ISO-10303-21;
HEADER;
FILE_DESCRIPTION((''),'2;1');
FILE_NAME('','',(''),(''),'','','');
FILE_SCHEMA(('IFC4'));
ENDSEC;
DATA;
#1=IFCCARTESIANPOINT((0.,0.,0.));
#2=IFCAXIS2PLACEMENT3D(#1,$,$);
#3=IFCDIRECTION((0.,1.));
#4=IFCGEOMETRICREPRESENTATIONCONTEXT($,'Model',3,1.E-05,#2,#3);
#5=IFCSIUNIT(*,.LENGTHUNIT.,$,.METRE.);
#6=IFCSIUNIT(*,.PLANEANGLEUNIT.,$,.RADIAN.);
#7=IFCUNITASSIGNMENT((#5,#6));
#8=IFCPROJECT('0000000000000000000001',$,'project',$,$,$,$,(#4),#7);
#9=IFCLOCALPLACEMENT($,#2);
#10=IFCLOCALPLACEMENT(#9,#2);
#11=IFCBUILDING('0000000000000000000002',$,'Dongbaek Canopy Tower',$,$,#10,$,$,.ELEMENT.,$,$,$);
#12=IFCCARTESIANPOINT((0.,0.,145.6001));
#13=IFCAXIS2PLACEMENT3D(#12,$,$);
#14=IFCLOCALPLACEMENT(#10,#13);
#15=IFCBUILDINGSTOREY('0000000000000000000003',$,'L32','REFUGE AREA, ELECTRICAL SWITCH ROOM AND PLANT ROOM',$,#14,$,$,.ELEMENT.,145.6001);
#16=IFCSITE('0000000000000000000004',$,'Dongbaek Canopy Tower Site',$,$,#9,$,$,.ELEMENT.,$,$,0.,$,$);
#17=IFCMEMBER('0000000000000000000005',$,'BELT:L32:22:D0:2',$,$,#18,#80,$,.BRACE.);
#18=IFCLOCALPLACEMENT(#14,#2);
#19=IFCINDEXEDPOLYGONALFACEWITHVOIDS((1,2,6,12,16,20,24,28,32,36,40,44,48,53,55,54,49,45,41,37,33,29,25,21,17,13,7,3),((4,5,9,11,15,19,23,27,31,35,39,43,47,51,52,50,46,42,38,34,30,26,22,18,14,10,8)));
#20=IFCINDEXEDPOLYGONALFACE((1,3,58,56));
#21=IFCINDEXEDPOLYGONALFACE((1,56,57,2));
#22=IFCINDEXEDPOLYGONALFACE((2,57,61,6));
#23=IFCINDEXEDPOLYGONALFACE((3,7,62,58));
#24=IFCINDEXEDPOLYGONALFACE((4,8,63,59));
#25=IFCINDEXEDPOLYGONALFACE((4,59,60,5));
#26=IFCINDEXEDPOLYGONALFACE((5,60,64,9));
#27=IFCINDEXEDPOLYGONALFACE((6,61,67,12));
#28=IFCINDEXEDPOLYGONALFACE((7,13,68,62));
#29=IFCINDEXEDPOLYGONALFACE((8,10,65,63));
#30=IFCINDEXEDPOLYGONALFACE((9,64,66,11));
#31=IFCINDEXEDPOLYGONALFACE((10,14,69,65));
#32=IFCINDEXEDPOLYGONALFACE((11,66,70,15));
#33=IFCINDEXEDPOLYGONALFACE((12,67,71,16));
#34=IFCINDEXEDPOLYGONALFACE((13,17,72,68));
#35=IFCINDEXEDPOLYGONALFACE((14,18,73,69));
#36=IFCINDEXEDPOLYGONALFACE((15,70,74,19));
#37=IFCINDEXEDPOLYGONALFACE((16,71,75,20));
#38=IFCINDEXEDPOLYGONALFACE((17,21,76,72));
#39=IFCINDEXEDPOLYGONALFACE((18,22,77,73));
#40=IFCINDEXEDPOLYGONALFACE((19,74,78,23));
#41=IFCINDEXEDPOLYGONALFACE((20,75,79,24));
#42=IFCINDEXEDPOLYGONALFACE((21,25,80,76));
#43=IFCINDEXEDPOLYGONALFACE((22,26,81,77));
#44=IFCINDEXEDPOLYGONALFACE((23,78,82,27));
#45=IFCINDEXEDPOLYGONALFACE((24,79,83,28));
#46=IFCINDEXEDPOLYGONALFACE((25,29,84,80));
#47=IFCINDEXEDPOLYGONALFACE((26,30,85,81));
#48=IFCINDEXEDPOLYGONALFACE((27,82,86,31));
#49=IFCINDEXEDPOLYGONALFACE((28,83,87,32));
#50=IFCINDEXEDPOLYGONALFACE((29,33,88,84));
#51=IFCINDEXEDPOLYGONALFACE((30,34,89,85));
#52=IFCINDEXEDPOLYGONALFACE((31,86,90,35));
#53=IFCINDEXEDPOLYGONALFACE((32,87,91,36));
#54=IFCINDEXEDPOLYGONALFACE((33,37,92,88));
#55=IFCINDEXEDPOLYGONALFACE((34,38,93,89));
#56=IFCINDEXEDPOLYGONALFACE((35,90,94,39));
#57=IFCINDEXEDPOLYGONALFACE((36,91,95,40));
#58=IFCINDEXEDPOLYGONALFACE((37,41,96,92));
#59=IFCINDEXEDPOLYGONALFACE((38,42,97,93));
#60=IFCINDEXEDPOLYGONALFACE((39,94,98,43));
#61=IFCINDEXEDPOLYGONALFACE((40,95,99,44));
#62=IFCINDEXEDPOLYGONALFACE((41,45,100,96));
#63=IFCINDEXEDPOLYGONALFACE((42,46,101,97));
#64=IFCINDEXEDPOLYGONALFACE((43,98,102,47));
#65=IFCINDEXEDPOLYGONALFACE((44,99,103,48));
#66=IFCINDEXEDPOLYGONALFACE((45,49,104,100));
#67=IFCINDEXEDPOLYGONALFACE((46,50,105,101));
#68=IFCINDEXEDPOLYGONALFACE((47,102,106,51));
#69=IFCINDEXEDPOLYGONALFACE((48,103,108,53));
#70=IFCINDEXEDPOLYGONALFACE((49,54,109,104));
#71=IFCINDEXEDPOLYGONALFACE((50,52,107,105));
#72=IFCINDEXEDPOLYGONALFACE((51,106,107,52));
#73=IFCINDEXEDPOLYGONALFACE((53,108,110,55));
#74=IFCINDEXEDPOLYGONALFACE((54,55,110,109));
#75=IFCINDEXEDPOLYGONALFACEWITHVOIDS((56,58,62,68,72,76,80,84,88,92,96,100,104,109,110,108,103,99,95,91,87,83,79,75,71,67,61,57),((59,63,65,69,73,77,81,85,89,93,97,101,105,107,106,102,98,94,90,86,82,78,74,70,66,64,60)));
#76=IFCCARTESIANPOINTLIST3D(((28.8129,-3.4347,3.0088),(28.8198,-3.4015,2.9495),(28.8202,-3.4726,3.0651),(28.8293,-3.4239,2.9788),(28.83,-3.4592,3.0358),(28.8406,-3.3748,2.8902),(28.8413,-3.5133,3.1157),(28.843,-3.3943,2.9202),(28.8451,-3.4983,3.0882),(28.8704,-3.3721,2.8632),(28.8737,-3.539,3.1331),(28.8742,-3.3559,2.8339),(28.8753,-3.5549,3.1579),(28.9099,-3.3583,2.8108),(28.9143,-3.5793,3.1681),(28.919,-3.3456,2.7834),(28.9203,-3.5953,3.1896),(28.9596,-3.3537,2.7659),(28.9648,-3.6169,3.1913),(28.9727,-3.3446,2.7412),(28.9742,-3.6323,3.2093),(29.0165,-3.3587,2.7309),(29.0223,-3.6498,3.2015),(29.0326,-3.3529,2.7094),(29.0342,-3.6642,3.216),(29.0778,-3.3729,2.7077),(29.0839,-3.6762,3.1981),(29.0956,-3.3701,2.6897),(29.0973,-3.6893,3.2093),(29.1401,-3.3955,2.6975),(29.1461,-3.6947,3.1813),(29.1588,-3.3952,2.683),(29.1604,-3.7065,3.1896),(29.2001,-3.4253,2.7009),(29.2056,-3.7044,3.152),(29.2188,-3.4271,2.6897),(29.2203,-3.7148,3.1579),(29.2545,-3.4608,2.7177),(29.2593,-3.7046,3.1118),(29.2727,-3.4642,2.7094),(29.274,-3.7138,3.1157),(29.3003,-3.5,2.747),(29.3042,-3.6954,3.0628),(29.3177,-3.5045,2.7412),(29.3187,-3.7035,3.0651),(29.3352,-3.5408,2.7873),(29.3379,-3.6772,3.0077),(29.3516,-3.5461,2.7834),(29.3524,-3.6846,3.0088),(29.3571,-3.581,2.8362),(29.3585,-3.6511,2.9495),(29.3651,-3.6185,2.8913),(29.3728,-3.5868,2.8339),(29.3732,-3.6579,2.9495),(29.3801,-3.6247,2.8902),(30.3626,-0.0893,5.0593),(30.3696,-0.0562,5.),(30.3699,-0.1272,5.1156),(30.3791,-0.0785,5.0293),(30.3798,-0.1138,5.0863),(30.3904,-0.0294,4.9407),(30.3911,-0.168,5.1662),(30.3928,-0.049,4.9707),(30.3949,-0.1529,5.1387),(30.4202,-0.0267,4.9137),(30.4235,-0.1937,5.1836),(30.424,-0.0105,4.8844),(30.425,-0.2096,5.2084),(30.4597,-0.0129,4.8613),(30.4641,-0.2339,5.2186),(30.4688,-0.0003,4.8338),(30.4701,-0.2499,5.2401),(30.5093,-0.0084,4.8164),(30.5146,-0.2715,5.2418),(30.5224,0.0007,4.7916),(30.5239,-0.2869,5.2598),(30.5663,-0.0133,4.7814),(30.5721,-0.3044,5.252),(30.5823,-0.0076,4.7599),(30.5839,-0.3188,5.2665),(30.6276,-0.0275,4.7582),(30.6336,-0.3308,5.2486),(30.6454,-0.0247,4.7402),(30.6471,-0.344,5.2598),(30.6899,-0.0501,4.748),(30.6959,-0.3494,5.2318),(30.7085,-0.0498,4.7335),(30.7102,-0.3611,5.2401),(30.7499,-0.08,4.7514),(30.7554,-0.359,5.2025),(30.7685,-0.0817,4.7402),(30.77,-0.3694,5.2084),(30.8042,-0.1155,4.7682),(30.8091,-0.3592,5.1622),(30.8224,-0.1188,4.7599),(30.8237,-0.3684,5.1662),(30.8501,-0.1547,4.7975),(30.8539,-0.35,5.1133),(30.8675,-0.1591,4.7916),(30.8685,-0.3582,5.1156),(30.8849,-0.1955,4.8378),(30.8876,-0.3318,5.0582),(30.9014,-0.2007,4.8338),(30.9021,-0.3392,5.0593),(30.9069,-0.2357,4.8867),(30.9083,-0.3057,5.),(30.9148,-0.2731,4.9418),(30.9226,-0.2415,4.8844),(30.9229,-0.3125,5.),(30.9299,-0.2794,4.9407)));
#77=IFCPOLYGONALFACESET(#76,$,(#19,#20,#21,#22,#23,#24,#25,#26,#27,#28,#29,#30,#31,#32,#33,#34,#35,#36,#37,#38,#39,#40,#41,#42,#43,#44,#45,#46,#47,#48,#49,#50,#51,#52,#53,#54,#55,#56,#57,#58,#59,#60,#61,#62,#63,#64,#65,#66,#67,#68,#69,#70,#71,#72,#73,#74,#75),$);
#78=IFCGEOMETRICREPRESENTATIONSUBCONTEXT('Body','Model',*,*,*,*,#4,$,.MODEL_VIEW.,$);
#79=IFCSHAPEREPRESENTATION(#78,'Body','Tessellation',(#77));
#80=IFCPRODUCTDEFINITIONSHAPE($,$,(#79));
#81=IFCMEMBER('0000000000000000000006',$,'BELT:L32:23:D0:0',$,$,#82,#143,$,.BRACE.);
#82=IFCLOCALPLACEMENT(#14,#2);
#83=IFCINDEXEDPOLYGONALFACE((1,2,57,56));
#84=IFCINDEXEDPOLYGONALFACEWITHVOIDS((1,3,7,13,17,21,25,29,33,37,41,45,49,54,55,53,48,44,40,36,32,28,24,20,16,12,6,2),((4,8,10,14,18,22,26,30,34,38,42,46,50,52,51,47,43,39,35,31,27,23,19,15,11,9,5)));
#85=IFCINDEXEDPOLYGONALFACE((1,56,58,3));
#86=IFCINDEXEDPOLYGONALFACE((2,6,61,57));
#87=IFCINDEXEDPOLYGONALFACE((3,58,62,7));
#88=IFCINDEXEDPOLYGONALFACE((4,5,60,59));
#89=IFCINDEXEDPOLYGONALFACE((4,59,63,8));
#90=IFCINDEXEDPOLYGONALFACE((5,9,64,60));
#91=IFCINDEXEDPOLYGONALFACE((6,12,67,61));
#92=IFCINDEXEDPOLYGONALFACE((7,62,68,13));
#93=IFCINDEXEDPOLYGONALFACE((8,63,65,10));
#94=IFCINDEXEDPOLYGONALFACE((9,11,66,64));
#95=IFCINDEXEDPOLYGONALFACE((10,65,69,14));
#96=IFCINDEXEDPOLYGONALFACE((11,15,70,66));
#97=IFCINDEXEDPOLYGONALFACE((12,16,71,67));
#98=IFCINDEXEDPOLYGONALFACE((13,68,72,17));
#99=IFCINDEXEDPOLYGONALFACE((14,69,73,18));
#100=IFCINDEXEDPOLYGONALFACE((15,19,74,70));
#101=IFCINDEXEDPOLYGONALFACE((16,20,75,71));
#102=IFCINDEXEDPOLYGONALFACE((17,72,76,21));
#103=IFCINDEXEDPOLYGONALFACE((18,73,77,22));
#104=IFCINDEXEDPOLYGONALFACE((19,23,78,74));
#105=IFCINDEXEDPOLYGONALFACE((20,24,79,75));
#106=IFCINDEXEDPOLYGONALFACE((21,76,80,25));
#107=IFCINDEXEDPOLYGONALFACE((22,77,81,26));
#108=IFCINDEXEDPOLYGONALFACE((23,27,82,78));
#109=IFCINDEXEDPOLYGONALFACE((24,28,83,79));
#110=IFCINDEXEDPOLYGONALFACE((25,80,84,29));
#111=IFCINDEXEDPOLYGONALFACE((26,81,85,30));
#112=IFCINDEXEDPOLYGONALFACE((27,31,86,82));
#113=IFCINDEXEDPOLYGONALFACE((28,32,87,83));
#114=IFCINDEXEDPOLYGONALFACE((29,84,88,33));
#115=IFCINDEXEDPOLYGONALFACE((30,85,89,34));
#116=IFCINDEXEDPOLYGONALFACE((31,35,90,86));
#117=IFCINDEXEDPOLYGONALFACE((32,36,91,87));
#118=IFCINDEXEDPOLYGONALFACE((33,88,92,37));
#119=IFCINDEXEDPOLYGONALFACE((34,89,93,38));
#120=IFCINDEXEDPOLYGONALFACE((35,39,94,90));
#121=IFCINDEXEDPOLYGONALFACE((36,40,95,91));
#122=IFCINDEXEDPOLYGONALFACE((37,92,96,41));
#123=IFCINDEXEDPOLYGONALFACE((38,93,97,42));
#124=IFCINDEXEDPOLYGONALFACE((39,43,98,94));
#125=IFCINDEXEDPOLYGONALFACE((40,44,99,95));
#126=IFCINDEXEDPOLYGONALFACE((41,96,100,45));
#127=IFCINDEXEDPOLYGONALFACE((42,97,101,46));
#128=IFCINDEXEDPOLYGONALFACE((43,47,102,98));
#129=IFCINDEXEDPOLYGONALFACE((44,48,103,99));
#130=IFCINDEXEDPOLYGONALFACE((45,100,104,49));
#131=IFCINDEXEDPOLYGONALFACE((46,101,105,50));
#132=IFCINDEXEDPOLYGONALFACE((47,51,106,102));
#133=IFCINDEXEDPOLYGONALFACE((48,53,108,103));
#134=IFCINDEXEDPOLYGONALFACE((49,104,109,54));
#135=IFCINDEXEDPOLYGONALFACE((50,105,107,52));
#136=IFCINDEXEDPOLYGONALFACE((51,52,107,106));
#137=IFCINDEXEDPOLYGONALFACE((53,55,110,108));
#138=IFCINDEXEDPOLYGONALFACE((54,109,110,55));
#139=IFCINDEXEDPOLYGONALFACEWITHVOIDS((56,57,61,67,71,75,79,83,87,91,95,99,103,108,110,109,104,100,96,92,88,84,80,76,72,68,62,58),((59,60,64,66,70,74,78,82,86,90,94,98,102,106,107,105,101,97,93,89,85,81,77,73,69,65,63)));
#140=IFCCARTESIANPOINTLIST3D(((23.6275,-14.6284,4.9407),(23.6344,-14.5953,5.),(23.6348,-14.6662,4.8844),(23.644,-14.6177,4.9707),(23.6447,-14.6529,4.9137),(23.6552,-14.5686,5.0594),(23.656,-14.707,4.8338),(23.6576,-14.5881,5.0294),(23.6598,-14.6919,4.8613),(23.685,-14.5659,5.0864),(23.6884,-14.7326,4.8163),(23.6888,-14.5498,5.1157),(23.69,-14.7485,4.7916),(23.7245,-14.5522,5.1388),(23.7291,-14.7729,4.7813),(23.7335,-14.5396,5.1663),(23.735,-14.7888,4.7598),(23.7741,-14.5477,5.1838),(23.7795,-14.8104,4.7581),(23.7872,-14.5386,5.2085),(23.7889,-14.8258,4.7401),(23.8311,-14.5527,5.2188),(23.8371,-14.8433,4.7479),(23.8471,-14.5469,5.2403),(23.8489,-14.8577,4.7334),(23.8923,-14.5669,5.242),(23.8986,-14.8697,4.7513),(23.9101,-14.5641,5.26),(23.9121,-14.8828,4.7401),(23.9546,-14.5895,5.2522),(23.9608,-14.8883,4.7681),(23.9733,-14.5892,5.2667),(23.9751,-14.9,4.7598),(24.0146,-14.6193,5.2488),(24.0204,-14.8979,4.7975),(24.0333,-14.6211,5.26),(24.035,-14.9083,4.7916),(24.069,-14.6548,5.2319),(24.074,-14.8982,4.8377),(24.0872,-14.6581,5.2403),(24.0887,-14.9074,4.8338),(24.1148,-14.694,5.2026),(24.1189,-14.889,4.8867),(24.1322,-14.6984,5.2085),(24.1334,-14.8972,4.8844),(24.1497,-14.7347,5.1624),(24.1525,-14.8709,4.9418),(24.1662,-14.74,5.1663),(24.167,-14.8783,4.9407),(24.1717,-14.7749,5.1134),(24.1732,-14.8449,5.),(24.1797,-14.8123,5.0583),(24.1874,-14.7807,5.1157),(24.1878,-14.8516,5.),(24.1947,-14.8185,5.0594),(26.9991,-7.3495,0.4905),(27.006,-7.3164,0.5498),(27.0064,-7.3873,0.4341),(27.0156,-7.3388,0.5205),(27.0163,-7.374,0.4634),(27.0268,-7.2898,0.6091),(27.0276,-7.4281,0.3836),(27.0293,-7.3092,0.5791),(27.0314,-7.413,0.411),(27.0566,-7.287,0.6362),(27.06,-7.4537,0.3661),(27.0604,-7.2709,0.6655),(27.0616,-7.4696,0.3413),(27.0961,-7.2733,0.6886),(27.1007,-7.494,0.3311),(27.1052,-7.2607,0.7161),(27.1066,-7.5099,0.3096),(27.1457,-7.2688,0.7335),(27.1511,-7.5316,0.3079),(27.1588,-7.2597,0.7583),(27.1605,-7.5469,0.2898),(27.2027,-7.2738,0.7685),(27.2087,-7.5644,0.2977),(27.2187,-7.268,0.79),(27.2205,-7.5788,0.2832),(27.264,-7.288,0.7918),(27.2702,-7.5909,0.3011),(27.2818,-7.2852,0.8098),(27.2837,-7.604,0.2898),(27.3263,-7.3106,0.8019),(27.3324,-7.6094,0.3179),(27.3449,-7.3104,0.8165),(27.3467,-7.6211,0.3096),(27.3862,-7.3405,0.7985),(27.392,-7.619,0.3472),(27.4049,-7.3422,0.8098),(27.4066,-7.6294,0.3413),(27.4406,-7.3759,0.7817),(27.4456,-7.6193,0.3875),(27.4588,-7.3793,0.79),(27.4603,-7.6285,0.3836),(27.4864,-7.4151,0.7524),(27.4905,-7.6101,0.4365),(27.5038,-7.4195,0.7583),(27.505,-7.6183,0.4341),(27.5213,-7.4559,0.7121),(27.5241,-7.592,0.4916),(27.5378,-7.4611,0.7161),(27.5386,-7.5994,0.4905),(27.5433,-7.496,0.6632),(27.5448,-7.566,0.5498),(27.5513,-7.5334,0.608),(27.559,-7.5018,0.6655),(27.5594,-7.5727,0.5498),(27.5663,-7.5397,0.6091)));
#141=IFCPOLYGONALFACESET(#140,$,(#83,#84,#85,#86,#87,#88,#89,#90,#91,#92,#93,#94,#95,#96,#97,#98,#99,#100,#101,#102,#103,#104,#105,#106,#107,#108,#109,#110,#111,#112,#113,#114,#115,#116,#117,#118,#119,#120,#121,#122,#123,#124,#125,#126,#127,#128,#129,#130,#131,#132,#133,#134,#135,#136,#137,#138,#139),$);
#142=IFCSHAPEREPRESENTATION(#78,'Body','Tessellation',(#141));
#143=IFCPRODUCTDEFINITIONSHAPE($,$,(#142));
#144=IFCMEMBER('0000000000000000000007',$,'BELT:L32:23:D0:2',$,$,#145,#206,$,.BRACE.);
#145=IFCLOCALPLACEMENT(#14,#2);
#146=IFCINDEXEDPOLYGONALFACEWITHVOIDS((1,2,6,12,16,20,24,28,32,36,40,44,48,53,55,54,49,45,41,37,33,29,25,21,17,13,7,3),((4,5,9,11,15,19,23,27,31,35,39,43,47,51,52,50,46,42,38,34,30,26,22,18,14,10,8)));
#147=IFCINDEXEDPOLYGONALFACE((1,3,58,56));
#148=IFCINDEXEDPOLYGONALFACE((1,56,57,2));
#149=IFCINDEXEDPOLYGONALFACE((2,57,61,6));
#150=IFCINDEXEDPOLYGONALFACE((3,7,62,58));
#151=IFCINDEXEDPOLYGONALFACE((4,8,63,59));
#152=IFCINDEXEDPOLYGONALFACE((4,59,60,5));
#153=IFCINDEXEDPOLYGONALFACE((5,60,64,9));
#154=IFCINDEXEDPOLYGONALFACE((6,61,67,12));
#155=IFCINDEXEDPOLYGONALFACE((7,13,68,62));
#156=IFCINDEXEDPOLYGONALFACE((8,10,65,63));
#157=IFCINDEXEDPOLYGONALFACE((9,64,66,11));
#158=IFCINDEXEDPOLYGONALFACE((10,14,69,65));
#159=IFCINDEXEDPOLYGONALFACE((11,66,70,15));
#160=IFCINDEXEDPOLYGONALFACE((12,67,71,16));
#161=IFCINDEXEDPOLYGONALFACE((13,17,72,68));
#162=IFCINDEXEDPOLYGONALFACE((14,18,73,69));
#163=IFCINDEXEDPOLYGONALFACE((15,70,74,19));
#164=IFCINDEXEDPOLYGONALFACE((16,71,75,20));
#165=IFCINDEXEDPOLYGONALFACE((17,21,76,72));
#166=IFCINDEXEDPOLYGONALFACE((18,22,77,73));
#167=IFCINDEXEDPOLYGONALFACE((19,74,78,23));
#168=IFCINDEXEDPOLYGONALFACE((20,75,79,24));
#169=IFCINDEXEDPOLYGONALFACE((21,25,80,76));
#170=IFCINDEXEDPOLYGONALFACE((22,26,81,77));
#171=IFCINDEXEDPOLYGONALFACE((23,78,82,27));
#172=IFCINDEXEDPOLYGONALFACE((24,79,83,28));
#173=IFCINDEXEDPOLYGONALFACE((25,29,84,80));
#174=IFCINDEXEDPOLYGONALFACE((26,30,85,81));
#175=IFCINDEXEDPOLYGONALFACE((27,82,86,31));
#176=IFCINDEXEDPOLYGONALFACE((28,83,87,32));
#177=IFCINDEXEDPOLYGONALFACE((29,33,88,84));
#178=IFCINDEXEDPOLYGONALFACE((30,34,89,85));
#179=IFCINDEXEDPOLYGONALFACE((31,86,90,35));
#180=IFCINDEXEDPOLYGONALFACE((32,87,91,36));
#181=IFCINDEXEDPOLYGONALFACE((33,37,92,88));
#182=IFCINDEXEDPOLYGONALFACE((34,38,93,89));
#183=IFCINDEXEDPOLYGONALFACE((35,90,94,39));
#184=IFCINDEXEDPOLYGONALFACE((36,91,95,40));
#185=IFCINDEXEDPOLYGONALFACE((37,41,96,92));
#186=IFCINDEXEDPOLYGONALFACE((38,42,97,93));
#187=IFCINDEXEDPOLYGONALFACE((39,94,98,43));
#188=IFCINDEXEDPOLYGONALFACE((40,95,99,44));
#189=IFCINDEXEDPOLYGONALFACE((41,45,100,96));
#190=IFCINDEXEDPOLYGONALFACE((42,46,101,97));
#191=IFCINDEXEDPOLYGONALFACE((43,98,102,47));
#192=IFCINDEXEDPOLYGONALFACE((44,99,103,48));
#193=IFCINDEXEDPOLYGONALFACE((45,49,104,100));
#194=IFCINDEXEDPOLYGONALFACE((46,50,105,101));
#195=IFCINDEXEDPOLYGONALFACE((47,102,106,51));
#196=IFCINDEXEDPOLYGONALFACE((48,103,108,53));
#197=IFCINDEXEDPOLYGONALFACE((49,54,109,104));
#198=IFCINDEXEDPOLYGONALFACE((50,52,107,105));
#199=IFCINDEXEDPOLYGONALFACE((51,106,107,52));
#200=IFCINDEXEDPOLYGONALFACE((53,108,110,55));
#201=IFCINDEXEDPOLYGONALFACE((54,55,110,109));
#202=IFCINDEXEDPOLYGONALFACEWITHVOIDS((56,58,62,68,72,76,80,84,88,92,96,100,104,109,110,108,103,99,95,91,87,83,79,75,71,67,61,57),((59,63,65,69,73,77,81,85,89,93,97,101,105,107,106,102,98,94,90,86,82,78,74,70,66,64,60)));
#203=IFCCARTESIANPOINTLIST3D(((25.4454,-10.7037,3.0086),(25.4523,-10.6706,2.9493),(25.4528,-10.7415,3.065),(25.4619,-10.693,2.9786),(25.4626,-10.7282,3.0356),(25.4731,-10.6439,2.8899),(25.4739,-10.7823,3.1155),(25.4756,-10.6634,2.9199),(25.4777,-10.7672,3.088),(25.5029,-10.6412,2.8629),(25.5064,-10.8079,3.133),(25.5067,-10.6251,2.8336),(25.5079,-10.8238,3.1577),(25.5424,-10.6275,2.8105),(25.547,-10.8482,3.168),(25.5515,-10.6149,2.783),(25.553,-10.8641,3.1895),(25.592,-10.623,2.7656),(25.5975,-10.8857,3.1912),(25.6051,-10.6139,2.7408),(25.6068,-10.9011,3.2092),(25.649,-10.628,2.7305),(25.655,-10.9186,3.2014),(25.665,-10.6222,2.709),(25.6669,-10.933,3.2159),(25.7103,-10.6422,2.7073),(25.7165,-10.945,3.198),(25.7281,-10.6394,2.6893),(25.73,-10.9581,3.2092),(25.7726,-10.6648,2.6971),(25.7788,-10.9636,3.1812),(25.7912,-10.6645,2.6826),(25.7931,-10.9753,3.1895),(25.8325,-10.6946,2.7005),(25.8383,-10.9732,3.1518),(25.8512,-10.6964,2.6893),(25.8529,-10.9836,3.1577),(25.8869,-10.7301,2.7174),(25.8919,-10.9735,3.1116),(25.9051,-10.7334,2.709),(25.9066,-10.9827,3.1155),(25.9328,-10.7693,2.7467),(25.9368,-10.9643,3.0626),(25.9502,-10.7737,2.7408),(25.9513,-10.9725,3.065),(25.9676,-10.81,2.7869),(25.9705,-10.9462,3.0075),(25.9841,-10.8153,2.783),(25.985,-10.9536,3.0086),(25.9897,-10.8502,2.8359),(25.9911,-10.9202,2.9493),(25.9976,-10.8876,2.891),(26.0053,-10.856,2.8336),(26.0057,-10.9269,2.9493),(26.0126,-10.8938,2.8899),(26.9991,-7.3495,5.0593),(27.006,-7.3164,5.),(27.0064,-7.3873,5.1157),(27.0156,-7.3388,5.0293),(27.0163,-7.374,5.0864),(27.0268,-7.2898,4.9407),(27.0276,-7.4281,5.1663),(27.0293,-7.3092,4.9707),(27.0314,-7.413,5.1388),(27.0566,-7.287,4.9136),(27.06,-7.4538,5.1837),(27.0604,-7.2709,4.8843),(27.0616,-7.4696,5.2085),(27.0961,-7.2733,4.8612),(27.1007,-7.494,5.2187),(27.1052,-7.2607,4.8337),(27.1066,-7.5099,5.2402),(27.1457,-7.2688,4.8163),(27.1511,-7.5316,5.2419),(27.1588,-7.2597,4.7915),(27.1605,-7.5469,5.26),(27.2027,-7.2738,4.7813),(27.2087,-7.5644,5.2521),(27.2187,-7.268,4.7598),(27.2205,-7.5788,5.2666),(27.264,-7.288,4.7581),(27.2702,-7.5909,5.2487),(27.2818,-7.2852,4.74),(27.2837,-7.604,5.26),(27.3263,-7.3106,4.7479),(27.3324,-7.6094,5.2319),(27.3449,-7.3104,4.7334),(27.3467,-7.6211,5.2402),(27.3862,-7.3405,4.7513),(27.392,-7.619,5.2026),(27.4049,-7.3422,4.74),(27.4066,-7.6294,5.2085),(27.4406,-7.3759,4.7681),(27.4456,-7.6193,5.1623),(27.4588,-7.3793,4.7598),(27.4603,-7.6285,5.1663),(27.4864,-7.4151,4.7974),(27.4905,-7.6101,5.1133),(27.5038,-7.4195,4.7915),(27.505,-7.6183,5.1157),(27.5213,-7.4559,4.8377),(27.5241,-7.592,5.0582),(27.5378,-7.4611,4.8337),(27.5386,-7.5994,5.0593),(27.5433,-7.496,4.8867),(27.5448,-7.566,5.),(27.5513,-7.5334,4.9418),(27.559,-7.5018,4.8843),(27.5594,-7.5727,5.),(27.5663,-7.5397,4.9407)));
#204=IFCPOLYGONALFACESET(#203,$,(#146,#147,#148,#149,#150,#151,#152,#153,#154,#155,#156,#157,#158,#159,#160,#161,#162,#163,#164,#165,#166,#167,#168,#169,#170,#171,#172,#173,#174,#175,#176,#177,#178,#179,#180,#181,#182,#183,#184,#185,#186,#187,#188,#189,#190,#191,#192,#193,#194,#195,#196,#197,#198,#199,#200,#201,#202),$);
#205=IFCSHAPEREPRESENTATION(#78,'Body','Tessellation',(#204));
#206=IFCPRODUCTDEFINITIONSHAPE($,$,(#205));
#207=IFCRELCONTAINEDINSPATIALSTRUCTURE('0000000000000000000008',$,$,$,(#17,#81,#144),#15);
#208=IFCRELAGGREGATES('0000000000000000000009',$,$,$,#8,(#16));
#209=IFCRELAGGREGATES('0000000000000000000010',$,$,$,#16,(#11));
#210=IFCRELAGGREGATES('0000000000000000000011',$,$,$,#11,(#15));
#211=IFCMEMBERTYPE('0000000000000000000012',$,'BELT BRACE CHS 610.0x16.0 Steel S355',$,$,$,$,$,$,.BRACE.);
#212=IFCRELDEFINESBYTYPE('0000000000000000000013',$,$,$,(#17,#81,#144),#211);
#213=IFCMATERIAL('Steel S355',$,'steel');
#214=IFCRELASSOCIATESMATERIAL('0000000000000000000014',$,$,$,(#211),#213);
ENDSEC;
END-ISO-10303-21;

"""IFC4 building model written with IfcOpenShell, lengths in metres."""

from ifc_helpers import new_model, si_unit, direction, frame, origin, origin_2d, place, context, subcontext, project, spatial, hollow_circle, extrude, material, material_profile, profile_set, type_object, element, save


model = new_model("IFC4")

# Units and contexts
model_context = context("Model", 3, precision=1e-05, world=origin(), true_north=direction((0.0, 1.0)))
body_context = subcontext(model_context, "Body", "Model", "MODEL_VIEW")
ifc_project = project(units=[si_unit("LENGTHUNIT", "METRE"), si_unit("PLANEANGLEUNIT", "RADIAN")], contexts=[model_context])

# Site, building, storey
site_placement = place(None, origin())
site = spatial("IfcSite", under=ifc_project, at=site_placement, Name="Dongbaek Canopy Tower Site", CompositionType="ELEMENT", RefElevation=0.0)
building_placement = place(site_placement, origin())
building = spatial("IfcBuilding", under=site, at=building_placement, Name="Dongbaek Canopy Tower", CompositionType="ELEMENT")
storey_placement = place(building_placement, frame((0.0, 0.0, 145.6001)))
storey = spatial("IfcBuildingStorey", under=building, at=storey_placement, Name="L32", Description="REFUGE AREA, ELECTRICAL SWITCH ROOM AND PLANT ROOM", CompositionType="ELEMENT", Elevation=145.6001)

# Members
ifc_material_1 = material(Name="Steel S355", Category="steel")
ifc_material_profile_1 = material_profile(ifc_material_1, hollow_circle(Radius=0.3049, WallThickness=0.0161, at=origin_2d()), Name="BELT BRACE CHS 610.0x16.0 Steel S355")
ifc_profile_set_1 = profile_set([ifc_material_profile_1], Name="Steel S355")
member_type_1 = type_object("IfcMemberType", Name="BELT BRACE CHS 610.0x16.0 Steel S355", PredefinedType="BRACE", material=ifc_profile_set_1)
for number, where, z_axis, x_axis, name in (
    (1, (30.6462, -0.1843, 5.0), (-0.367352, -0.792979, -0.486042), (0.907365, -0.420343, 0.0), "BELT:L32:22:D0:2"),
):
    element("IfcMember", number, at=place(storey_placement, frame(where, z_axis=z_axis, x_axis=x_axis)), inside=storey, type_object=member_type_1, Name=name, PredefinedType="BRACE", context=body_context, shape_type="SweptSolid", body=[
        extrude(hollow_circle(Radius=0.3049, WallThickness=0.0161, at=origin_2d()), origin(), (0.0, 0.0, 1.0), 4.2188),
    ])
member_1_placement = place(storey_placement, frame((27.2827, -7.4446, 0.5498), z_axis=(-0.367536, -0.793462, 0.485115), x_axis=(0.907383, -0.420305, 0.0)))
element("IfcMember", 2, at=member_1_placement, inside=storey, type_object=member_type_1, Name="BELT:L32:23:D0:0", PredefinedType="BRACE", context=body_context, shape_type="SweptSolid", body=[
    extrude(hollow_circle(Radius=0.3049, WallThickness=0.0161, at=origin_2d()), origin(), (0.0, 0.0, 1.0), 9.1736),
])
member_2_placement = place(storey_placement, frame((27.2827, -7.4446, 5.0), z_axis=(-0.367536, -0.793459, -0.485119), x_axis=(0.907382, -0.420306, 0.0)))
element("IfcMember", 3, at=member_2_placement, inside=storey, type_object=member_type_1, Name="BELT:L32:23:D0:2", PredefinedType="BRACE", context=body_context, shape_type="SweptSolid", body=[
    extrude(hollow_circle(Radius=0.3049, WallThickness=0.0161, at=origin_2d()), origin(), (0.0, 0.0, 1.0), 4.2273),
])

save(model, "model.ifc")
